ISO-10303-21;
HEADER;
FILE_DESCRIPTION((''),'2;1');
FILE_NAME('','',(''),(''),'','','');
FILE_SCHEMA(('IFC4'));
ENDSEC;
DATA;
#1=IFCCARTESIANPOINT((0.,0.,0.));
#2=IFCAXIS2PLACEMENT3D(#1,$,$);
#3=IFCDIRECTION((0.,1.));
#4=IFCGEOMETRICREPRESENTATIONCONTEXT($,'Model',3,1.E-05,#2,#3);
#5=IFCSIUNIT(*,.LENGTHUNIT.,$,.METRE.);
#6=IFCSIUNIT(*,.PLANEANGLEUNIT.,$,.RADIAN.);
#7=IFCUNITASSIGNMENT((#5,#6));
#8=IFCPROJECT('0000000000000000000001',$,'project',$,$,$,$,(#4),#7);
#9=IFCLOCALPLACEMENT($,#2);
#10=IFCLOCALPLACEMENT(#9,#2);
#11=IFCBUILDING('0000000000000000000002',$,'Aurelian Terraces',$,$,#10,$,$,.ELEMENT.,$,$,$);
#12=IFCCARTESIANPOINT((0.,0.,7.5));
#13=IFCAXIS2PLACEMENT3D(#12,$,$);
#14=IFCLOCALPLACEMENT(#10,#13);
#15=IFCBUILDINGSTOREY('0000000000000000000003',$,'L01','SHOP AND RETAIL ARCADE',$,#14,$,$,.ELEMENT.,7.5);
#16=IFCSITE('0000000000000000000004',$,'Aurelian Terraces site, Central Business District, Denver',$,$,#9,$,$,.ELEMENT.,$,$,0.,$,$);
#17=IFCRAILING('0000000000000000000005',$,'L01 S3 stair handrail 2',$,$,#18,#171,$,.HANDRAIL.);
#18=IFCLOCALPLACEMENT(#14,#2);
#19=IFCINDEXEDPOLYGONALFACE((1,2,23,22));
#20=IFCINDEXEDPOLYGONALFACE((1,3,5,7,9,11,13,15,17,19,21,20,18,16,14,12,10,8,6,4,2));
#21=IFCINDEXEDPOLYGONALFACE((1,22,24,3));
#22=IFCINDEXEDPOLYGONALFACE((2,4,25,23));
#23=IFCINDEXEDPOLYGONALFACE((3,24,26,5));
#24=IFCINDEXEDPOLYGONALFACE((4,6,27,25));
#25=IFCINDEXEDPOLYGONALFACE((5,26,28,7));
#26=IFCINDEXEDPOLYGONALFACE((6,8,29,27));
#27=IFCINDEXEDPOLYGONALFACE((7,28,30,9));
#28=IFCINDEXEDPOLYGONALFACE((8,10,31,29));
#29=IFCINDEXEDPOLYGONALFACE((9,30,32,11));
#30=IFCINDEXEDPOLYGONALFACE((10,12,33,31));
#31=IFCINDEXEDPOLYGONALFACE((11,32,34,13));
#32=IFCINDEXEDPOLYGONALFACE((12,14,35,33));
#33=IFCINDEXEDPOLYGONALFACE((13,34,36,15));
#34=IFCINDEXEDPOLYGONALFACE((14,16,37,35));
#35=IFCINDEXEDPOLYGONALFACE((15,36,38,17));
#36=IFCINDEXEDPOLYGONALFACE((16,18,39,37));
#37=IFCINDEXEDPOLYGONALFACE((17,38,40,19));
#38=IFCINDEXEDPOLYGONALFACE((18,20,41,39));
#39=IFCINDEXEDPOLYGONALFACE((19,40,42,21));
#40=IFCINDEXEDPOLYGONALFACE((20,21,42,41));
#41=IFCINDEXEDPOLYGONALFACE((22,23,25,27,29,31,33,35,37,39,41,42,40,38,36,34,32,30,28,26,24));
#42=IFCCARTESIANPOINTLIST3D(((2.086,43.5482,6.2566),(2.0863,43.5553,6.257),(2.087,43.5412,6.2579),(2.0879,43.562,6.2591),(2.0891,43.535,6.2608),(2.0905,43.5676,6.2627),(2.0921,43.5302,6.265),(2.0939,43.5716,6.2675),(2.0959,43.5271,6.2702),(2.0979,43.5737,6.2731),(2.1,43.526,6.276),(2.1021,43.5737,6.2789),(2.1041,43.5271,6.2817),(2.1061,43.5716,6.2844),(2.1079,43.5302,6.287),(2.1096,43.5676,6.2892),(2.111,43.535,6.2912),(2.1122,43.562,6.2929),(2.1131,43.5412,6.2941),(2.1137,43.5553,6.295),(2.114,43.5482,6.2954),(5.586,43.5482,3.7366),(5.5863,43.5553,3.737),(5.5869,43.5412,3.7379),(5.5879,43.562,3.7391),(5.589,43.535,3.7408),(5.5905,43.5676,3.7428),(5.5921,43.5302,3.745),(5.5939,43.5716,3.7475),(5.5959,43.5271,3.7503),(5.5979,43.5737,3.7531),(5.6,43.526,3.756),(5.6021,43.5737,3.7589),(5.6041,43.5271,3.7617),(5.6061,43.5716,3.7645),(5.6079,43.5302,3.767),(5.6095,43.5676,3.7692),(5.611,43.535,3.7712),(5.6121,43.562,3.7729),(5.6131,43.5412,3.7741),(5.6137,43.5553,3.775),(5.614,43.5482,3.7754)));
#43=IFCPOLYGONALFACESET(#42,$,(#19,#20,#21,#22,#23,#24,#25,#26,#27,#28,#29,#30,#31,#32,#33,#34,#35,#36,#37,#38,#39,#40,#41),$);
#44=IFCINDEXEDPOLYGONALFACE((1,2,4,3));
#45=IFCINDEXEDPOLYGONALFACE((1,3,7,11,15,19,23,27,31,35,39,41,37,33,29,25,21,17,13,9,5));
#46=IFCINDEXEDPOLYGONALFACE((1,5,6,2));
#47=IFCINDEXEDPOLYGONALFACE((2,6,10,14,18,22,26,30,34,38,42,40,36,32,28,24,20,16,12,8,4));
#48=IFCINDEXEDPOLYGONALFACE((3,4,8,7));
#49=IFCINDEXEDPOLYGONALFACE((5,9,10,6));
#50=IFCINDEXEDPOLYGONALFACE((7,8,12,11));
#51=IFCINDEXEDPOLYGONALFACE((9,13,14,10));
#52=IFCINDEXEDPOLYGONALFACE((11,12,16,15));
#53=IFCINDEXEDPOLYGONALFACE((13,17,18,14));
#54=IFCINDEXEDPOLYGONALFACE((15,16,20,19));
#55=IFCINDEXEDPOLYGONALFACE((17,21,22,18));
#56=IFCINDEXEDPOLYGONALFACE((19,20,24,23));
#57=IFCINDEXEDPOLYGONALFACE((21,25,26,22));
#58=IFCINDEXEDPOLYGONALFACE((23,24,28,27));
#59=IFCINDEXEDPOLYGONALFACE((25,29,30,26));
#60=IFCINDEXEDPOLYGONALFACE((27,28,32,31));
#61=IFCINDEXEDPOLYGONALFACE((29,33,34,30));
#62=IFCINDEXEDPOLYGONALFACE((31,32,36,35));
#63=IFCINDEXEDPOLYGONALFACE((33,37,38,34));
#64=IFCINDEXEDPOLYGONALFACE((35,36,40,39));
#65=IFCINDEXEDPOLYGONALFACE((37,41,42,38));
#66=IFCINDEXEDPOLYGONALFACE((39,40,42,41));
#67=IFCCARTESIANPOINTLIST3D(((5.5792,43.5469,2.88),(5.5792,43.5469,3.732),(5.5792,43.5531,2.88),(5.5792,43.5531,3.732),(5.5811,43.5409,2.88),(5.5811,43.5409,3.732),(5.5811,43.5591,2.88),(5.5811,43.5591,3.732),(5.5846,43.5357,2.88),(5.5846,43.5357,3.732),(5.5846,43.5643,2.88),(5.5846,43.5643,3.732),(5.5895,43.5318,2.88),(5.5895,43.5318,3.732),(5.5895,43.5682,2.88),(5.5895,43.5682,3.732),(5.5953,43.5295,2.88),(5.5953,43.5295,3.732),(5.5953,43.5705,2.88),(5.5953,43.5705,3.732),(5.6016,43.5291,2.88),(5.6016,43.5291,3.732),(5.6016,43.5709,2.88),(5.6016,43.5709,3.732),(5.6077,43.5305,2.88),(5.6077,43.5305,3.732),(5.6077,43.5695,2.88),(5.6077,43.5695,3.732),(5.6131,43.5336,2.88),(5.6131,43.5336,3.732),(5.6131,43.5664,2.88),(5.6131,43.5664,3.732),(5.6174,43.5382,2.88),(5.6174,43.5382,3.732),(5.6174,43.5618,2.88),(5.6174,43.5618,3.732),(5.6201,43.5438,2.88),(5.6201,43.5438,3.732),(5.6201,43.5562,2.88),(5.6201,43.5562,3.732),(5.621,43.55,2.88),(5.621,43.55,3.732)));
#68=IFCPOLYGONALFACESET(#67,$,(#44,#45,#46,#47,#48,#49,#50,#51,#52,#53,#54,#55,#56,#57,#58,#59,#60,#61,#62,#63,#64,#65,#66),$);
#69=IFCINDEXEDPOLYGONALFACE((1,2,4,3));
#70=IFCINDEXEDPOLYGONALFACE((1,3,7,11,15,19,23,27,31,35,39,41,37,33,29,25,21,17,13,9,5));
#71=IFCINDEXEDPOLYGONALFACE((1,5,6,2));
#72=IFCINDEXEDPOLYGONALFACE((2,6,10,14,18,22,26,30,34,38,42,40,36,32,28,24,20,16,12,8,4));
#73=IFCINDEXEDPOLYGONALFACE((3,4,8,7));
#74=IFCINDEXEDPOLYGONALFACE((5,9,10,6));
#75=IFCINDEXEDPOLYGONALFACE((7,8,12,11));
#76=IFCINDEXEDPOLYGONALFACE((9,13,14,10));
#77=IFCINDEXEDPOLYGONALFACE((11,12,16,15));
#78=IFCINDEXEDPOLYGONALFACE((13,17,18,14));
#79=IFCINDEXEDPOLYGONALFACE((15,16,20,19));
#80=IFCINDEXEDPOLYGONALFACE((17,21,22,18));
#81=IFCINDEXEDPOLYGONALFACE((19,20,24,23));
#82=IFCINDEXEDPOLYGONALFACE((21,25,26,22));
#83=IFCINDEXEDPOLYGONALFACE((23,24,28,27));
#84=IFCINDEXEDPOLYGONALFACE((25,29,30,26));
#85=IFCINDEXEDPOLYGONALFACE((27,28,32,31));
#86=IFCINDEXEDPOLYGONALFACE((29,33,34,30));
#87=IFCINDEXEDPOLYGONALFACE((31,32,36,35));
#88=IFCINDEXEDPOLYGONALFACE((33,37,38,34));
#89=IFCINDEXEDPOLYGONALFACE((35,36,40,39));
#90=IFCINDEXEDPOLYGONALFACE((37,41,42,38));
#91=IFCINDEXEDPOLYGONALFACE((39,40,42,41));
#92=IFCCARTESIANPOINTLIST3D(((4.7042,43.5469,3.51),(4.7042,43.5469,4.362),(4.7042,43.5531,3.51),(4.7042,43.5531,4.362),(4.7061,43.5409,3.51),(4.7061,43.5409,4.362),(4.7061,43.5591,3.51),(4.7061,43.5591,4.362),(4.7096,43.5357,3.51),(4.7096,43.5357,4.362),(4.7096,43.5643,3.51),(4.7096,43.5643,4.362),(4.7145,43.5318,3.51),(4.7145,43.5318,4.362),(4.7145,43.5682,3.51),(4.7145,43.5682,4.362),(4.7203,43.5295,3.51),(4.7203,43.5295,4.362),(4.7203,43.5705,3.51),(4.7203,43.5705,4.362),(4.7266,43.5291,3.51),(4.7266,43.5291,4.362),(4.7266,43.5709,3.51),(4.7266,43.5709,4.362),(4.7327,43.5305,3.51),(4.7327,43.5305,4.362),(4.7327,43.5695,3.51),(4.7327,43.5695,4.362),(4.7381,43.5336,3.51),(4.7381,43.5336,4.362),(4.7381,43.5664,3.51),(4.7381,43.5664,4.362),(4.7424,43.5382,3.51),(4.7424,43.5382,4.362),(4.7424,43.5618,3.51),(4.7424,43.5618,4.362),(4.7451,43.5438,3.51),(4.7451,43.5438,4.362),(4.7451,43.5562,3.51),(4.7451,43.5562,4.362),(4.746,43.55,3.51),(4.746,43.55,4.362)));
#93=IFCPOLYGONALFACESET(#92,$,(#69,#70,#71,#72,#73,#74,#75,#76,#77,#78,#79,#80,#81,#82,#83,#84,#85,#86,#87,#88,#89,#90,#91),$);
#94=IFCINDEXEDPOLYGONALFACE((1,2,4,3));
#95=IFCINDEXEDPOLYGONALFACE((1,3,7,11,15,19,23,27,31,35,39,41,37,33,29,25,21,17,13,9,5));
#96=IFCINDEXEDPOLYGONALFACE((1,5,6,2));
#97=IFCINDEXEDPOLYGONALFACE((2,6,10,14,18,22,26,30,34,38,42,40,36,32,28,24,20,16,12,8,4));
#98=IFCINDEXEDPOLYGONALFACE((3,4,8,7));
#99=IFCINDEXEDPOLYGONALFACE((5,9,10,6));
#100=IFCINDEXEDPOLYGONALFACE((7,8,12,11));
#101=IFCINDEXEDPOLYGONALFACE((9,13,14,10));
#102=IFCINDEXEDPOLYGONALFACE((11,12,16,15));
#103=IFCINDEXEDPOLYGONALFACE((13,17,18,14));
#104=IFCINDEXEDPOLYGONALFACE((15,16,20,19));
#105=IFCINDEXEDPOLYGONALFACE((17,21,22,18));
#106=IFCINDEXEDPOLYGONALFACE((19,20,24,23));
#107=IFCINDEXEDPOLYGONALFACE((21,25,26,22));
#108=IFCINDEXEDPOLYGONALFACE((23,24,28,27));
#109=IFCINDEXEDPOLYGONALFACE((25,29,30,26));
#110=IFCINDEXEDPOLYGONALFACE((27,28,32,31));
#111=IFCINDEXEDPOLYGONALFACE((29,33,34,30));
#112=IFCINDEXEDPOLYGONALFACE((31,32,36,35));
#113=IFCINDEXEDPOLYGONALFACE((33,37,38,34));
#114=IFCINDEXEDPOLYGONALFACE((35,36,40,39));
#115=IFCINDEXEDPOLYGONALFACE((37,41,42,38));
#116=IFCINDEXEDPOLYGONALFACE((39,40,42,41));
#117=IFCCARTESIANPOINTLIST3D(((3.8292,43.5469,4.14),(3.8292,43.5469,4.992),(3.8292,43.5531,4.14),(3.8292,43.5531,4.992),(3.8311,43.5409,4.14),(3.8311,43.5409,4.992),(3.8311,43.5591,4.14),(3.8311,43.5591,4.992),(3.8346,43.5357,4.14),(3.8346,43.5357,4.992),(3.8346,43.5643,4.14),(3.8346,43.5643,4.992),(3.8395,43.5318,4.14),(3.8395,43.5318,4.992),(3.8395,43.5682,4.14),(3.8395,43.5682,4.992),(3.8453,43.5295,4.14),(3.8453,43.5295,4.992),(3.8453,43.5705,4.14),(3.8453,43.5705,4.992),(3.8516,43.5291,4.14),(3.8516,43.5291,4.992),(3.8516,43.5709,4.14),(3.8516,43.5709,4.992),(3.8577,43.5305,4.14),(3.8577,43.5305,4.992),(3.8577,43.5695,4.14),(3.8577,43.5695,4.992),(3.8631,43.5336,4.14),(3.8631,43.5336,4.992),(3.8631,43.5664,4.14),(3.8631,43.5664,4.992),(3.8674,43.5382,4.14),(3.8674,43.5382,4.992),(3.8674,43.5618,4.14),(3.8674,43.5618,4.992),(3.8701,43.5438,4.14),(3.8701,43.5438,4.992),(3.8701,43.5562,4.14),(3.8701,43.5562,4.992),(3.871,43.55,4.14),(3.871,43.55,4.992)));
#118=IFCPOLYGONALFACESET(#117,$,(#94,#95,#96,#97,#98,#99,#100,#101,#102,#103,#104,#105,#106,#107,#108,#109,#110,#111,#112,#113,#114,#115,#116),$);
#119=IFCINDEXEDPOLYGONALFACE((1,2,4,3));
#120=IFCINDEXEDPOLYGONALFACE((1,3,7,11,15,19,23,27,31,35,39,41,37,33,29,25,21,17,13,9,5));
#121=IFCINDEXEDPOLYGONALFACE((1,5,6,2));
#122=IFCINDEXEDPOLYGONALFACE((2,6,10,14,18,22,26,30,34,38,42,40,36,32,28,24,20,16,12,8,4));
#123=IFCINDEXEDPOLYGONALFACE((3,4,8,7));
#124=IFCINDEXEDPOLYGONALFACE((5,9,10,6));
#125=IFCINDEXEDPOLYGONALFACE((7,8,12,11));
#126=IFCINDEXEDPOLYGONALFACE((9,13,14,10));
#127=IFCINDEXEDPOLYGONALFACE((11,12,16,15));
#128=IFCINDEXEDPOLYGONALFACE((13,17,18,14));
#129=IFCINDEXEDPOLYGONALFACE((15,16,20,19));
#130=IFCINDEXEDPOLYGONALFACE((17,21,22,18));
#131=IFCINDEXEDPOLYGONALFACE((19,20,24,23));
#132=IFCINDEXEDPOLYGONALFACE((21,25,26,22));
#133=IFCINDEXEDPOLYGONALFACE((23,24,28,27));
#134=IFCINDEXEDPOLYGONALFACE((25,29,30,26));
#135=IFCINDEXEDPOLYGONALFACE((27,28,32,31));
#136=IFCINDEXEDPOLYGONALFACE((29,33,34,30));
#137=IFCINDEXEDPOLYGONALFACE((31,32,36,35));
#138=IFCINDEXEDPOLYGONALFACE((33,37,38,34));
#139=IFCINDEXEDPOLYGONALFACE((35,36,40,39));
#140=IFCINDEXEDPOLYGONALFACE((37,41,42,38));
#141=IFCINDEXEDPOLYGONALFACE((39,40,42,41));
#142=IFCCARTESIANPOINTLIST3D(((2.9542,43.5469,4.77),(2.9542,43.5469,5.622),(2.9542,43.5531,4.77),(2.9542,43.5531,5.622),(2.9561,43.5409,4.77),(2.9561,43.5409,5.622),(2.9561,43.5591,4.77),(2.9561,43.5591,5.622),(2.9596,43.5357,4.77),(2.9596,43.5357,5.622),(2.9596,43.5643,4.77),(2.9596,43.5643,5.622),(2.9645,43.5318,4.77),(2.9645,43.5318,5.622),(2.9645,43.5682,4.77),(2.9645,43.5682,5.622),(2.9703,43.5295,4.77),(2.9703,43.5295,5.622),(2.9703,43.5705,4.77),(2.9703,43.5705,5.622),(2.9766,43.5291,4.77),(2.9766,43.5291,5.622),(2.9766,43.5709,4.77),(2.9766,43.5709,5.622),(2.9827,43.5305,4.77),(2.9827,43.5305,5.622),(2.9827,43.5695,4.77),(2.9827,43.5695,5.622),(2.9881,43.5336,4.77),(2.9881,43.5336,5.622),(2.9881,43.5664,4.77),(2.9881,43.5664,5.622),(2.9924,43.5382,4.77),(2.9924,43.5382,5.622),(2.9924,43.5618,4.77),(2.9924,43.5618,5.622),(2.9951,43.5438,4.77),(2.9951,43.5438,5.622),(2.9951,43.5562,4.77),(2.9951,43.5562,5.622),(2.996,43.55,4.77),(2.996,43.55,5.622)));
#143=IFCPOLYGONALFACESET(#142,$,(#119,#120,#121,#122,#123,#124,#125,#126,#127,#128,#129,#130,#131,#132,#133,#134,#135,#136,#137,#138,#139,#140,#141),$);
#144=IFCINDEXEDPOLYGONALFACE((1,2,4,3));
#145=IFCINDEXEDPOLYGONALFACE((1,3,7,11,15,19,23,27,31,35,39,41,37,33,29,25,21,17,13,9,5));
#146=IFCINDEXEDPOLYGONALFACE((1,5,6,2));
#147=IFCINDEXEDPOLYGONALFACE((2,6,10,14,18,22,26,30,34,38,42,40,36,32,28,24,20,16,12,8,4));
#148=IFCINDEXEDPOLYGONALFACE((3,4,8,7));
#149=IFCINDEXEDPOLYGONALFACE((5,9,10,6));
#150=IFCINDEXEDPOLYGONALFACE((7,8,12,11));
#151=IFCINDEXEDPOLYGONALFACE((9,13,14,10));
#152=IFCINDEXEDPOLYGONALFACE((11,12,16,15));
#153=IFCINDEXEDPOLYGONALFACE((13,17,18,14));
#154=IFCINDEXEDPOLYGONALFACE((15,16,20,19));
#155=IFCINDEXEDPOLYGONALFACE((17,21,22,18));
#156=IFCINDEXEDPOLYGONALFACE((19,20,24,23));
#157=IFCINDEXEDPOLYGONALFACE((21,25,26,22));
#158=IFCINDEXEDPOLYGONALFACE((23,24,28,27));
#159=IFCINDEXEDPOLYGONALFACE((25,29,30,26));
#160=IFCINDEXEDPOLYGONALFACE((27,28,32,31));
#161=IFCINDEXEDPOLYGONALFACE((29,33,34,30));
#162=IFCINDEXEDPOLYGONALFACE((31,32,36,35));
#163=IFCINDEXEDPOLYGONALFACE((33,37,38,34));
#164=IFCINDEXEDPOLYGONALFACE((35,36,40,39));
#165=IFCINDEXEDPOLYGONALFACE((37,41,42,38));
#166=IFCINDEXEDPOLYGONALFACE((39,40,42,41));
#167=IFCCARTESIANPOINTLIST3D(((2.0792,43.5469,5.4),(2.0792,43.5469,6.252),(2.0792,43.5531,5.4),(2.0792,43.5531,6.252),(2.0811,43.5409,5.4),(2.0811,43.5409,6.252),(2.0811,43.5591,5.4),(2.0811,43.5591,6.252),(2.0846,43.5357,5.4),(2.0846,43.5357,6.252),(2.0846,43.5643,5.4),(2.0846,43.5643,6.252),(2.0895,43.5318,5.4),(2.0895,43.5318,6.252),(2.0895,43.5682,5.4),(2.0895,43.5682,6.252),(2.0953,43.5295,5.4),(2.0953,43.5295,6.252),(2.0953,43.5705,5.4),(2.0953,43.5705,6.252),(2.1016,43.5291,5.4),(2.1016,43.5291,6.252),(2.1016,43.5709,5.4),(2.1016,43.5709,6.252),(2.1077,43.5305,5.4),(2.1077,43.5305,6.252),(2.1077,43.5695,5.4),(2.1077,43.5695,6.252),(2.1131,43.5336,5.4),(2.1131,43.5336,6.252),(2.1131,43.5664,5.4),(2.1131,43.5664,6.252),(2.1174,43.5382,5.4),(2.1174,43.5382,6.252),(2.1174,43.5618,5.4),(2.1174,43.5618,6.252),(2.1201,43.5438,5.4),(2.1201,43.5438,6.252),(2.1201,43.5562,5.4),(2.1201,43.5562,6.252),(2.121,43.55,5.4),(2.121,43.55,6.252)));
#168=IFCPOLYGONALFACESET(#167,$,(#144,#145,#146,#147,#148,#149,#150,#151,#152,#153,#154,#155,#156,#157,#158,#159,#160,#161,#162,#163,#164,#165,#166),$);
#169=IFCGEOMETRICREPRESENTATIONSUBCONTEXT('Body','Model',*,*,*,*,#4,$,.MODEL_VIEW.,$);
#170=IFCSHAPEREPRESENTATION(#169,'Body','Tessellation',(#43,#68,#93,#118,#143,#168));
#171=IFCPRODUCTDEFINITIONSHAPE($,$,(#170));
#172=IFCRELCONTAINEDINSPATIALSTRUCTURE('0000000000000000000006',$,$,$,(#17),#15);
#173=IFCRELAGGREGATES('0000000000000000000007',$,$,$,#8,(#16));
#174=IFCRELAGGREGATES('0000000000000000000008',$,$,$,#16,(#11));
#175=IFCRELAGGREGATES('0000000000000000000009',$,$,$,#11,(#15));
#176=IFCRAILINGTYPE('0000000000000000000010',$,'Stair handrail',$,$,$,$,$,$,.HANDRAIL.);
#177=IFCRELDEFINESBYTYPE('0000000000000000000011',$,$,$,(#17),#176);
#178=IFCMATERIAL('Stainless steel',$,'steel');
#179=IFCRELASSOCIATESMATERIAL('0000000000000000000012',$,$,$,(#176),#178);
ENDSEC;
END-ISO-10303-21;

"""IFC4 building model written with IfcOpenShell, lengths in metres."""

from ifc_helpers import new_model, si_unit, direction, frame, origin, origin_2d, place, context, subcontext, project, spatial, circle, extrude, material, type_object, element, save


model = new_model("IFC4")

# Units and contexts
model_context = context("Model", 3, precision=1e-05, world=origin(), true_north=direction((0.0, 1.0)))
body_context = subcontext(model_context, "Body", "Model", "MODEL_VIEW")
ifc_project = project(units=[si_unit("LENGTHUNIT", "METRE"), si_unit("PLANEANGLEUNIT", "RADIAN")], contexts=[model_context])

# Site, building, storey
site_placement = place(None, origin())
site = spatial("IfcSite", under=ifc_project, at=site_placement, Name="Aurelian Terraces site, Central Business District, Denver", CompositionType="ELEMENT", RefElevation=0.0)
building_placement = place(site_placement, origin())
building = spatial("IfcBuilding", under=site, at=building_placement, Name="Aurelian Terraces", CompositionType="ELEMENT")
storey_placement = place(building_placement, frame((0.0, 0.0, 7.5)))
storey = spatial("IfcBuildingStorey", under=building, at=storey_placement, Name="L01", Description="SHOP AND RETAIL ARCADE", CompositionType="ELEMENT", Elevation=7.5)

# Railing
ifc_material_1 = material(Name="Stainless steel", Category="steel")
railing_type_1 = type_object("IfcRailingType", Name="Stair handrail", PredefinedType="HANDRAIL", material=ifc_material_1)
railing_1_placement = place(storey_placement, frame((5.6, 43.55, 2.88)))
element("IfcRailing", 1, at=railing_1_placement, inside=storey, type_object=railing_type_1, Name="L01 S3 stair handrail 2", PredefinedType="HANDRAIL", context=body_context, shape_type="SweptSolid", body=[
    extrude(circle(Radius=0.024, at=origin_2d()), frame((0.0, 0.0, 0.876), z_axis=(-0.811534, 0.0, 0.584305), x_axis=(0.0, -1.0, 0.0)), (0.0, 0.0, 1.0), 4.3128),
    extrude(circle(Radius=0.021, at=origin_2d()), origin(), (0.0, 0.0, 1.0), 0.852),
    extrude(circle(Radius=0.021, at=origin_2d()), frame((-0.875, 0.0, 0.63)), (0.0, 0.0, 1.0), 0.852),
    extrude(circle(Radius=0.021, at=origin_2d()), frame((-1.75, 0.0, 1.26)), (0.0, 0.0, 1.0), 0.852),
    extrude(circle(Radius=0.021, at=origin_2d()), frame((-2.625, 0.0, 1.89)), (0.0, 0.0, 1.0), 0.852),
    extrude(circle(Radius=0.021, at=origin_2d()), frame((-3.5, 0.0, 2.52)), (0.0, 0.0, 1.0), 0.852),
])

save(model, "model.ifc")
